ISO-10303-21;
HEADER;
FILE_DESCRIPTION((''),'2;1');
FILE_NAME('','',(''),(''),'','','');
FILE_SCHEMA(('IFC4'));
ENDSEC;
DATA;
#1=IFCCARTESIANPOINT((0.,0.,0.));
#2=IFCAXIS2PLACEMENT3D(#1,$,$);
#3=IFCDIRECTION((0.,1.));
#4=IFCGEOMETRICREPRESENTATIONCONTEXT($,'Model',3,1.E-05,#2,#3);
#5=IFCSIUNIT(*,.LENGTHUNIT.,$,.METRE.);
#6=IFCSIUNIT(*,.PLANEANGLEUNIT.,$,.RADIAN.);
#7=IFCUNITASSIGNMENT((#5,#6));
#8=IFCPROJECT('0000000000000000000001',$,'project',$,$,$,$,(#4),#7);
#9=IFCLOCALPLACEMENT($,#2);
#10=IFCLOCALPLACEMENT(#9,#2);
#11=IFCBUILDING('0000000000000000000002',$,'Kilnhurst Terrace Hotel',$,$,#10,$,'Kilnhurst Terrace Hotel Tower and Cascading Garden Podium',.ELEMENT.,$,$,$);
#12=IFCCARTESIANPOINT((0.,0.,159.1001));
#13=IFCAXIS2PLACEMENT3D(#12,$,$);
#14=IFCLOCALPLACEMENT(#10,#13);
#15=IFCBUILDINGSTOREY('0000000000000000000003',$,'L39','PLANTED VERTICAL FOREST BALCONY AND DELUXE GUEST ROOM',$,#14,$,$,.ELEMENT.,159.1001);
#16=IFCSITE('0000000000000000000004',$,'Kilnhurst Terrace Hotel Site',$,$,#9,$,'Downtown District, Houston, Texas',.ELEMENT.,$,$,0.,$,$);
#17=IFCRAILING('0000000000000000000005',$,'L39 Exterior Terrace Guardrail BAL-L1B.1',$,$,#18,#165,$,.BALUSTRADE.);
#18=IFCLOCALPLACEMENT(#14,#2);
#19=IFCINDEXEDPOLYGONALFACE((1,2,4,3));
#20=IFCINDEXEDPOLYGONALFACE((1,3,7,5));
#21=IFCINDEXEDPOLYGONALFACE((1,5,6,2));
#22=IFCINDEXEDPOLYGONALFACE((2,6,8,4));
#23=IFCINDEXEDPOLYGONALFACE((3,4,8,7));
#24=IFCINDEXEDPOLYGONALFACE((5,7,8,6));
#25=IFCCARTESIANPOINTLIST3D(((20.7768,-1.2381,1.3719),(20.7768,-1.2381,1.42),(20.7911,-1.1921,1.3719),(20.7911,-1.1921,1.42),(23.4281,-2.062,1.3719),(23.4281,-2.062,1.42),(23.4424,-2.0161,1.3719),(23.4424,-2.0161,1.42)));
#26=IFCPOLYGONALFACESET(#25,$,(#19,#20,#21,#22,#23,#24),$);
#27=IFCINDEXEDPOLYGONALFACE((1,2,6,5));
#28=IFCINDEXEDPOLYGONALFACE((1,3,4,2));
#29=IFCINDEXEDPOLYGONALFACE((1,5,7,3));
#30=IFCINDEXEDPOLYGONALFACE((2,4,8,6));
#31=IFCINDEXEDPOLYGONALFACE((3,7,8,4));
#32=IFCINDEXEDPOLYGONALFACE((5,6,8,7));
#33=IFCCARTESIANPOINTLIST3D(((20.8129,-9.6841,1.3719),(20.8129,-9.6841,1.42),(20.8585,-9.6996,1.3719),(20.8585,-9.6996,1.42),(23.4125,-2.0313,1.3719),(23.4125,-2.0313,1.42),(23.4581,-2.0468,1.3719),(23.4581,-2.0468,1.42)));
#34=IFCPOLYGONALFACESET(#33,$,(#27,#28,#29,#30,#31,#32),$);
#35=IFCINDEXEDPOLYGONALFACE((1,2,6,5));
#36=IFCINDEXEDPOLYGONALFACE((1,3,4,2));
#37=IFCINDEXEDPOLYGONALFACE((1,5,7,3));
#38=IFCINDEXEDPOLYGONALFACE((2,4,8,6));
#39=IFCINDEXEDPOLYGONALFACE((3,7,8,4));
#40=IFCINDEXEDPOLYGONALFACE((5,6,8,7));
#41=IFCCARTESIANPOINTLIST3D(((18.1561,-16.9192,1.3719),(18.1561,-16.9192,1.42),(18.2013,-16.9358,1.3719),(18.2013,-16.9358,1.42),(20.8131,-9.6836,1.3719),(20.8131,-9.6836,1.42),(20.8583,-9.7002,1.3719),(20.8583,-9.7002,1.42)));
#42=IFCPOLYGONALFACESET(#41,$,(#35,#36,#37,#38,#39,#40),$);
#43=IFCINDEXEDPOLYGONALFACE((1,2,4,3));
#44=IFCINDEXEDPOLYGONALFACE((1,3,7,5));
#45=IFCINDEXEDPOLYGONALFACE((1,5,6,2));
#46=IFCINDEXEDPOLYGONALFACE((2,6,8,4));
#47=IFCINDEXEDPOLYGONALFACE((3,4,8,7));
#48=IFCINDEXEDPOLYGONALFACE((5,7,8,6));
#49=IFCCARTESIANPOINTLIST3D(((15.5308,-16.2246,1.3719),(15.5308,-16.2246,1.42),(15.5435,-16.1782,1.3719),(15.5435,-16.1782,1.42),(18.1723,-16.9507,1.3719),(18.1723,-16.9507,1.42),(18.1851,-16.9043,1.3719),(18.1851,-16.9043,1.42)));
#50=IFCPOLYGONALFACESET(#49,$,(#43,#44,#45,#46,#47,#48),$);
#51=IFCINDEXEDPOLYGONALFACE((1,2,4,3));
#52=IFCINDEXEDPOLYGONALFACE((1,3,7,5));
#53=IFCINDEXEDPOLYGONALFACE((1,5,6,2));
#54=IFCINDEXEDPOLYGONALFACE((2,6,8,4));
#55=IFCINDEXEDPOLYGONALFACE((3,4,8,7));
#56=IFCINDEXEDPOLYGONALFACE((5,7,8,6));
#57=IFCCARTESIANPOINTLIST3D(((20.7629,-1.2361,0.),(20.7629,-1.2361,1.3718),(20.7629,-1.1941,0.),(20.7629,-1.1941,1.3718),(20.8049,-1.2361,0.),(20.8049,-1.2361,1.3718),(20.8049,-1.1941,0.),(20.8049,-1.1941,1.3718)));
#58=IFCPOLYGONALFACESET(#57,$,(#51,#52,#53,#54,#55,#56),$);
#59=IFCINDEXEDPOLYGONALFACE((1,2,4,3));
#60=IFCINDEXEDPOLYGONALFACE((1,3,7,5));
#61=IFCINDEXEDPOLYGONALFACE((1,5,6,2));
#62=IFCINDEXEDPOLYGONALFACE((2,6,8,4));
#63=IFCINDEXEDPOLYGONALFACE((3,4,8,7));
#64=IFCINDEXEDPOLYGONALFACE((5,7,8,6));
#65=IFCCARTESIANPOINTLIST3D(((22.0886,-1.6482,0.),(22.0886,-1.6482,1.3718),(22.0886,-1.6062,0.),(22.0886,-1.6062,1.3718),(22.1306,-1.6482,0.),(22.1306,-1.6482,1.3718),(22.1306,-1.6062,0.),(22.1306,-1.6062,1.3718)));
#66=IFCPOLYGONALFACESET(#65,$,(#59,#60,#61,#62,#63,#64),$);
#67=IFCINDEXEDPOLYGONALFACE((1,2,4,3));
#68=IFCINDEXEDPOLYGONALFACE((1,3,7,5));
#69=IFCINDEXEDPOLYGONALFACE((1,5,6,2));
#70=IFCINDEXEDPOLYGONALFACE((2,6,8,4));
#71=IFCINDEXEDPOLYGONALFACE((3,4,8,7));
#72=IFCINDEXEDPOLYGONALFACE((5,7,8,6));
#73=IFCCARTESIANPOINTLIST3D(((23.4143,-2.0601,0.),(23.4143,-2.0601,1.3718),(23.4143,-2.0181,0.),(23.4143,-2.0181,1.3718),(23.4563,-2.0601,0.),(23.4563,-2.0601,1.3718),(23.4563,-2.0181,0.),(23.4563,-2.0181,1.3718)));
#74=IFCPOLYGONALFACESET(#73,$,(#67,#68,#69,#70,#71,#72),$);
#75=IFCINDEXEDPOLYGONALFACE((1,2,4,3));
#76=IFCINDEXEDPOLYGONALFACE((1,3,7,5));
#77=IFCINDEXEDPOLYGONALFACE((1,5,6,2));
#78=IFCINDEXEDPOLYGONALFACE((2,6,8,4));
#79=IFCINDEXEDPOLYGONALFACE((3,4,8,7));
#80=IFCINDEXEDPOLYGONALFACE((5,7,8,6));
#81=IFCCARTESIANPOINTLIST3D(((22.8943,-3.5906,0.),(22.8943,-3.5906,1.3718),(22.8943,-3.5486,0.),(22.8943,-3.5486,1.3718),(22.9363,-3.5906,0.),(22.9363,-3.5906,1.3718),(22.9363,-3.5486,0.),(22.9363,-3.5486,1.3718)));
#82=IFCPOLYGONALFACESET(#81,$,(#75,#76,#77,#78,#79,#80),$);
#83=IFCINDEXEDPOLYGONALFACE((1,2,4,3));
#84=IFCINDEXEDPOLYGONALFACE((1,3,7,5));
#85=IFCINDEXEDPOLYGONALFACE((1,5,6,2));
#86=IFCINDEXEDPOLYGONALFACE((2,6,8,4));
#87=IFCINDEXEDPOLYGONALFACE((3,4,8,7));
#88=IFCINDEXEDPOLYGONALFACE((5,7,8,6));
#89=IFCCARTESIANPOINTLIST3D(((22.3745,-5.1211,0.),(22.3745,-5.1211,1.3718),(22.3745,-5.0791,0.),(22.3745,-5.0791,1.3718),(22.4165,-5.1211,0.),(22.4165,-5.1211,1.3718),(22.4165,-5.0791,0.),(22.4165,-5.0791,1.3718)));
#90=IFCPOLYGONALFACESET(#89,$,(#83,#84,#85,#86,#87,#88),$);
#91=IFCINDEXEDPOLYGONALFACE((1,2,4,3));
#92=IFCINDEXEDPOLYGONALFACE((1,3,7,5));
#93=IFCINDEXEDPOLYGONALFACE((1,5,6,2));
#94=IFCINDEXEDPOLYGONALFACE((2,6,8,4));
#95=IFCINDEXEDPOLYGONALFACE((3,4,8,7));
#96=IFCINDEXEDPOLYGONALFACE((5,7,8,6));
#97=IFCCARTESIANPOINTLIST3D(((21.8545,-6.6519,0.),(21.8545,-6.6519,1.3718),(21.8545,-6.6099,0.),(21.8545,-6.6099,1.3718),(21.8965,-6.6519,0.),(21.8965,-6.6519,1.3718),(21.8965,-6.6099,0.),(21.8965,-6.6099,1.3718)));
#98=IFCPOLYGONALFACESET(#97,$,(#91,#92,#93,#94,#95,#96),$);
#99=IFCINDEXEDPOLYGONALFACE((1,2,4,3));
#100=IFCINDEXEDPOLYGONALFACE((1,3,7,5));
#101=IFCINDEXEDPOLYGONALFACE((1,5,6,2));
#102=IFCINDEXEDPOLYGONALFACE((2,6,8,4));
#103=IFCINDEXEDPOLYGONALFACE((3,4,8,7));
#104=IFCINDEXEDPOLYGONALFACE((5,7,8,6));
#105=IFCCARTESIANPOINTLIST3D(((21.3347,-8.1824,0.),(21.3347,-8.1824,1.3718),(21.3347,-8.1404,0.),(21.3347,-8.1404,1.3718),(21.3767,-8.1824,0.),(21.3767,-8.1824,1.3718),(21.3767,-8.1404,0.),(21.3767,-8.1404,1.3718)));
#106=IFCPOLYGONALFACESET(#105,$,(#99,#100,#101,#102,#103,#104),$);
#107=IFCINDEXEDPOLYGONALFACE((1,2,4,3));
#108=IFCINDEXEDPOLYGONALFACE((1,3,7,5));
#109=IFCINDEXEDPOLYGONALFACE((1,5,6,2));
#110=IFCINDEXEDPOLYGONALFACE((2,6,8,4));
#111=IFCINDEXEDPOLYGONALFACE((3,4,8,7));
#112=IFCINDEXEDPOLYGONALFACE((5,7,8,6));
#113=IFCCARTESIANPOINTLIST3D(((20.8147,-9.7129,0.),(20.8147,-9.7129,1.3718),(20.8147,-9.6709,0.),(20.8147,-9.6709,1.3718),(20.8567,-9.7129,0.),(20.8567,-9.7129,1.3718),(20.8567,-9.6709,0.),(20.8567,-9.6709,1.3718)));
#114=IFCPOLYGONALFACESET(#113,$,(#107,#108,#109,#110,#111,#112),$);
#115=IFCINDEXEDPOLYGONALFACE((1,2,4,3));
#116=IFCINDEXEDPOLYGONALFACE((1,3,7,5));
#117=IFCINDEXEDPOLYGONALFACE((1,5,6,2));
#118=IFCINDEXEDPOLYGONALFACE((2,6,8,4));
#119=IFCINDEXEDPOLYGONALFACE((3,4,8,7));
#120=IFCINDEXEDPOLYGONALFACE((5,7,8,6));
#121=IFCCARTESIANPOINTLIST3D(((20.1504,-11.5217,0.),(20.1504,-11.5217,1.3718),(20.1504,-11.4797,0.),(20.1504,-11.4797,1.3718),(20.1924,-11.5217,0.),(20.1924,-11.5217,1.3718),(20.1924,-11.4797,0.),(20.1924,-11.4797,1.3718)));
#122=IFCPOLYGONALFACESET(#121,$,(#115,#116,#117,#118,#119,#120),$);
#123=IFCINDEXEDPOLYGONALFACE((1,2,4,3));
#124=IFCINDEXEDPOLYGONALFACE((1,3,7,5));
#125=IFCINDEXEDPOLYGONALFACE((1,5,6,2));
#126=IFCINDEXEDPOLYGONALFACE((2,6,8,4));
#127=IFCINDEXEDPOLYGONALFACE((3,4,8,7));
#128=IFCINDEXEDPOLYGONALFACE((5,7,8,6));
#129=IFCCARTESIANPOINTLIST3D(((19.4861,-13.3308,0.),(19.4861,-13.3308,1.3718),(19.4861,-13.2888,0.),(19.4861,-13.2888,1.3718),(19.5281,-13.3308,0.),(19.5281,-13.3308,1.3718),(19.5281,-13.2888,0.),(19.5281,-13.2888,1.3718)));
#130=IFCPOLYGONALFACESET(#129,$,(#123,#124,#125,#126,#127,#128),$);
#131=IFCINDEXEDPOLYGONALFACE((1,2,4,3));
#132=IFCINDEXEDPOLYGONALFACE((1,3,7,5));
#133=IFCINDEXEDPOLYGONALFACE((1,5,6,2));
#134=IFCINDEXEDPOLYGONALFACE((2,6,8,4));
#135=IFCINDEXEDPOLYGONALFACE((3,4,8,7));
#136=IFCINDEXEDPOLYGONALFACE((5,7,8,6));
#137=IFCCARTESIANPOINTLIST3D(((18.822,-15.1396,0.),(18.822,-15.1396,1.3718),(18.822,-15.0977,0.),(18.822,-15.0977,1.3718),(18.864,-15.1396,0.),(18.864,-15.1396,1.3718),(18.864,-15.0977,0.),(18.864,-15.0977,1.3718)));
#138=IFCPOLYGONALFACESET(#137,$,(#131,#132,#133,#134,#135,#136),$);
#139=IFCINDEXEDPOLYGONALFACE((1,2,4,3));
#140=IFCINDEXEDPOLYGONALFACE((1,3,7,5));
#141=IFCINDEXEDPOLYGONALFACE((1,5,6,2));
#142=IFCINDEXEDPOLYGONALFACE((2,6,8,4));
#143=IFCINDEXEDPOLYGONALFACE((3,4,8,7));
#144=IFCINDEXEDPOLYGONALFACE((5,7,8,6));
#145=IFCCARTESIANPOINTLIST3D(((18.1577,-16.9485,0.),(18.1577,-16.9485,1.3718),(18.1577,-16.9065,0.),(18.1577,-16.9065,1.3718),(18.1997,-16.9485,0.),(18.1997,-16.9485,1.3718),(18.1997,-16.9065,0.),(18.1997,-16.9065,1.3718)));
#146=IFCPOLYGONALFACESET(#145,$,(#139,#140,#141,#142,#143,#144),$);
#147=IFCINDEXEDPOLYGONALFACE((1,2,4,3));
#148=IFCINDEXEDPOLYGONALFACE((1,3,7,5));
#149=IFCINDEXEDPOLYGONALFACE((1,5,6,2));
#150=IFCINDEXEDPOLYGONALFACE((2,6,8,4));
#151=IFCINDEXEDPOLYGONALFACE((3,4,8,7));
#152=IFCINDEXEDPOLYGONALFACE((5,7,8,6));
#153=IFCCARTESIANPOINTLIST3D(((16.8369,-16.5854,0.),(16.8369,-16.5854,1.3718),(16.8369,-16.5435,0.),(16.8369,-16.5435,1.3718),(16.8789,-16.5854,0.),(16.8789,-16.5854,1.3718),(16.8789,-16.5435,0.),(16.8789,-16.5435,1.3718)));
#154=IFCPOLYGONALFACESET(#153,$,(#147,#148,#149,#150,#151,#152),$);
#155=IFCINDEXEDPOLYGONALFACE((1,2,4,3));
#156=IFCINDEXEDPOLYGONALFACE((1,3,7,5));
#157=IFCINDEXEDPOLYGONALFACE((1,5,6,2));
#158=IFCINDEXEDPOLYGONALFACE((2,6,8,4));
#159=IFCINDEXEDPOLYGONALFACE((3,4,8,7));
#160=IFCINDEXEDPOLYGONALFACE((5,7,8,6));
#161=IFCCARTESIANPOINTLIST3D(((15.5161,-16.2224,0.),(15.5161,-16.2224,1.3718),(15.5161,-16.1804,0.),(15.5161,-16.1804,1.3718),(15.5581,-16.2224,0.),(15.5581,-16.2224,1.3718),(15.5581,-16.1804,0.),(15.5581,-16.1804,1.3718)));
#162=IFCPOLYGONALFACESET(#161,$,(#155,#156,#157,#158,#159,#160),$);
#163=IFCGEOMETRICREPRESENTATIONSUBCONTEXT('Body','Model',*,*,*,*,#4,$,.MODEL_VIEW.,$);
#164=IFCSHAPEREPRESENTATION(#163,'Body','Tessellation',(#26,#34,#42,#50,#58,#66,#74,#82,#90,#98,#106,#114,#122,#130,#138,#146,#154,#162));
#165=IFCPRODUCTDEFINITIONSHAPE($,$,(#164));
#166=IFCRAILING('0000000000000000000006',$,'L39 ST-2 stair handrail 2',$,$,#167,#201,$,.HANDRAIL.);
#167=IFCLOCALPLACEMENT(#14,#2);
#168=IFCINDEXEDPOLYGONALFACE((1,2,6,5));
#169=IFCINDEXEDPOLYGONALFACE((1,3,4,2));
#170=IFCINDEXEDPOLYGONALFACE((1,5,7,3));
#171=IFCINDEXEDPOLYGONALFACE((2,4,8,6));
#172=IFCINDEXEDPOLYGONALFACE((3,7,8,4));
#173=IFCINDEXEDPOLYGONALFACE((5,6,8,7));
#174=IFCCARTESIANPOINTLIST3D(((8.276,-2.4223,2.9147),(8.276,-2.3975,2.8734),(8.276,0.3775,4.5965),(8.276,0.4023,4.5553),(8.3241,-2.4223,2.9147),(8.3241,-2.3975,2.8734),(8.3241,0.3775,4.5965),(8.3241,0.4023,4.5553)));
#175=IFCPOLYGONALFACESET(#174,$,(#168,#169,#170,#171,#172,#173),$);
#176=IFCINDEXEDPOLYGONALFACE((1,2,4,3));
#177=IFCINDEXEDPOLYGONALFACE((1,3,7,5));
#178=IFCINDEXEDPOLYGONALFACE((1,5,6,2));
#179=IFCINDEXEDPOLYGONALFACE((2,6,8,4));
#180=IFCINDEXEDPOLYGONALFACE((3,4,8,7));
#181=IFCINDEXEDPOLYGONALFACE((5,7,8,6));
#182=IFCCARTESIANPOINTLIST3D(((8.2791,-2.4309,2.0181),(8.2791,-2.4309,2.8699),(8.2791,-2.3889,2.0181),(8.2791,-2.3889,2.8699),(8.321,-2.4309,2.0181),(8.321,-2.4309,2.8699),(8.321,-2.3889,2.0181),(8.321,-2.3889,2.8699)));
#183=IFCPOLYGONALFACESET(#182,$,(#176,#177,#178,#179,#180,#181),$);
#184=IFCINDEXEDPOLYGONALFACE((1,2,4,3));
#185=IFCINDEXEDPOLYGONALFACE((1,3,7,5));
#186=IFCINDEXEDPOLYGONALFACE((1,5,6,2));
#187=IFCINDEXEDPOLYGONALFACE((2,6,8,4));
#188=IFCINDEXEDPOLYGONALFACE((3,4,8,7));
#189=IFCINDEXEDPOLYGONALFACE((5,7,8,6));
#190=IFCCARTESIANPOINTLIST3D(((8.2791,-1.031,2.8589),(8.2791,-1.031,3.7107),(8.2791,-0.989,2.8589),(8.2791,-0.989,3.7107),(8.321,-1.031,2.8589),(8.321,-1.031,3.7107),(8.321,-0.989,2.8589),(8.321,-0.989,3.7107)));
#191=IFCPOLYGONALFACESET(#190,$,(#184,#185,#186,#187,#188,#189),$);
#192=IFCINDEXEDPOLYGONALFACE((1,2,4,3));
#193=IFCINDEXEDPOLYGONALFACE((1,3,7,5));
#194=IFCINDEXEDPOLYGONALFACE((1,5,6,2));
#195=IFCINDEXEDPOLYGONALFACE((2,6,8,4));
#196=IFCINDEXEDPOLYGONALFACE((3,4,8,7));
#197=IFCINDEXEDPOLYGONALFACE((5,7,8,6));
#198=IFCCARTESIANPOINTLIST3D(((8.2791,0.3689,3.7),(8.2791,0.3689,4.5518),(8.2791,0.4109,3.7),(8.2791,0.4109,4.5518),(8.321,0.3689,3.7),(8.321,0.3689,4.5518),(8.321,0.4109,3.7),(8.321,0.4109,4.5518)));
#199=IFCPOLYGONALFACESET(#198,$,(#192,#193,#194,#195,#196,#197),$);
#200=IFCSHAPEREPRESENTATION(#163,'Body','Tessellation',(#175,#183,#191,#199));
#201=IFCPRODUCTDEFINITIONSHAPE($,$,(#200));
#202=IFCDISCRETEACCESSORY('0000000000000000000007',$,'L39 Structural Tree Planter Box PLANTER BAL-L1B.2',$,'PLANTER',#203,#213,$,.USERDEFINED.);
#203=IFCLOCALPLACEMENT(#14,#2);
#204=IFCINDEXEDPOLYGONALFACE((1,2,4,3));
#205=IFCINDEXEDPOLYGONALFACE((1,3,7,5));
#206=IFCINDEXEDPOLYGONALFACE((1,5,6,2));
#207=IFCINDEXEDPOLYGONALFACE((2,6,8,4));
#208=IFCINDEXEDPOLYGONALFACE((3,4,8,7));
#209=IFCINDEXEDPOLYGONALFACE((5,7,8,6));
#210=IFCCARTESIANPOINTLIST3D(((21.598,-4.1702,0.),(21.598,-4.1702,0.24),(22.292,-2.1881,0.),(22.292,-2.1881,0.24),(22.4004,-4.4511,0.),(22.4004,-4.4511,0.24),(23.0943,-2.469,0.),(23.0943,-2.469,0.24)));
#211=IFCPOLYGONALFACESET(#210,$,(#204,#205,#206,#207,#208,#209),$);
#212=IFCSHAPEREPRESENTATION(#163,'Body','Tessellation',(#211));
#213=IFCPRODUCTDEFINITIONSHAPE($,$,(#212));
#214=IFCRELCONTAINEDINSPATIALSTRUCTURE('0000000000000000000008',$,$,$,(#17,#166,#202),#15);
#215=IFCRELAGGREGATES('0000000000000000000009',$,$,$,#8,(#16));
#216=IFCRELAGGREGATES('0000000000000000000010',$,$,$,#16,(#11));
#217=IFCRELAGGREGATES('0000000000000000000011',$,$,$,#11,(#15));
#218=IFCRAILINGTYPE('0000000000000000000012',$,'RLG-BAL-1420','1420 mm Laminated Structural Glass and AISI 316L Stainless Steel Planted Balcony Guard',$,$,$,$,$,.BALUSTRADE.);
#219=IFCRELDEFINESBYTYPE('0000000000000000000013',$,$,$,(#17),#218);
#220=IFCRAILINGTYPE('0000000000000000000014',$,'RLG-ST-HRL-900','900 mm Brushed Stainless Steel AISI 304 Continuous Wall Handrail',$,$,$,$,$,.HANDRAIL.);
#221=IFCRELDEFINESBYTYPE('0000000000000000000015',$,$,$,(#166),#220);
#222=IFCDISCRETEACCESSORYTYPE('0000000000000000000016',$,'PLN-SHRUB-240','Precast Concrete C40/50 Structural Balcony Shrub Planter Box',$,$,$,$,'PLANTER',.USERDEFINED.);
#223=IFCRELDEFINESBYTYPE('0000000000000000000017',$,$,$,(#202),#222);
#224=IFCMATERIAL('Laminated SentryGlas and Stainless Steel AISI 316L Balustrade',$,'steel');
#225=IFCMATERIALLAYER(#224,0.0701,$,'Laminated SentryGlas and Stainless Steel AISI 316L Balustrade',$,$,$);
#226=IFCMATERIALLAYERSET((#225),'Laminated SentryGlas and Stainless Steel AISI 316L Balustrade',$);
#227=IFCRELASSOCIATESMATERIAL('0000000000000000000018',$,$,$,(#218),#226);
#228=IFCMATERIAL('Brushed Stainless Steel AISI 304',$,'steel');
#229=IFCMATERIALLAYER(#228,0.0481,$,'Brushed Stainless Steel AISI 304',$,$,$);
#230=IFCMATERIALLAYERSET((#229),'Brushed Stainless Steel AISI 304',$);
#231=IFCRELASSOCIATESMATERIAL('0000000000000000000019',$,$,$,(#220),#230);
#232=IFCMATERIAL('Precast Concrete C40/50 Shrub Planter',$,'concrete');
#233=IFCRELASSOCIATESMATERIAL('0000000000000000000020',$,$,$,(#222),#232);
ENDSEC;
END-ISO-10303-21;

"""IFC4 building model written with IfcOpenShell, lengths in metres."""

from ifc_helpers import new_model, si_unit, direction, frame, origin, origin_2d, place, context, subcontext, project, spatial, rectangle, extrude, material, layer, layer_set, type_object, element, save


model = new_model("IFC4")

# Units and contexts
model_context = context("Model", 3, precision=1e-05, world=origin(), true_north=direction((0.0, 1.0)))
body_context = subcontext(model_context, "Body", "Model", "MODEL_VIEW")
ifc_project = project(units=[si_unit("LENGTHUNIT", "METRE"), si_unit("PLANEANGLEUNIT", "RADIAN")], contexts=[model_context])

# Site, building, storey
site_placement = place(None, origin())
site = spatial("IfcSite", under=ifc_project, at=site_placement, Name="Kilnhurst Terrace Hotel Site", LongName="Downtown District, Houston, Texas", CompositionType="ELEMENT", RefElevation=0.0)
building_placement = place(site_placement, origin())
building = spatial("IfcBuilding", under=site, at=building_placement, Name="Kilnhurst Terrace Hotel", LongName="Kilnhurst Terrace Hotel Tower and Cascading Garden Podium", CompositionType="ELEMENT")
storey_placement = place(building_placement, frame((0.0, 0.0, 159.1001)))
storey = spatial("IfcBuildingStorey", under=building, at=storey_placement, Name="L39", Description="PLANTED VERTICAL FOREST BALCONY AND DELUXE GUEST ROOM", CompositionType="ELEMENT", Elevation=159.1001)

# Railings
ifc_material_1 = material(Name="Laminated SentryGlas and Stainless Steel AISI 316L Balustrade", Category="steel")
ifc_layer_1 = layer(ifc_material_1, 0.0701, Name="Laminated SentryGlas and Stainless Steel AISI 316L Balustrade")
ifc_layer_set_1 = layer_set([ifc_layer_1], Name="Laminated SentryGlas and Stainless Steel AISI 316L Balustrade")
railing_type_1 = type_object("IfcRailingType", Name="RLG-BAL-1420", Description="1420 mm Laminated Structural Glass and AISI 316L Stainless Steel Planted Balcony Guard", PredefinedType="BALUSTRADE", material=ifc_layer_set_1)
railing_1_placement = place(storey_placement, frame((20.7839, -1.2151, 0.0)))
element("IfcRailing", 1, at=railing_1_placement, inside=storey, type_object=railing_type_1, Name="L39 Exterior Terrace Guardrail BAL-L1B.1", PredefinedType="BALUSTRADE", context=body_context, shape_type="SweptSolid", body=[
    extrude(rectangle(XDim=0.0481, YDim=0.0481, at=origin_2d()), frame((0.0, 0.0, 1.396), z_axis=(0.954948, -0.296773, 0.0), x_axis=(0.296773, 0.954948, 0.0)), (0.0, 0.0, 1.0), 2.7764),
    extrude(rectangle(XDim=0.0481, YDim=0.0481, at=origin_2d()), frame((2.6514, -0.824, 1.396), z_axis=(-0.321642, -0.946861, 0.0), x_axis=(0.946861, -0.321642, 0.0)), (0.0, 0.0, 1.0), 8.0823),
    extrude(rectangle(XDim=0.0481, YDim=0.0481, at=origin_2d()), frame((0.0518, -8.4768, 1.396), z_axis=(-0.344704, -0.938711, 0.0), x_axis=(0.938711, -0.344704, 0.0)), (0.0, 0.0, 1.0), 7.708),
    extrude(rectangle(XDim=0.0481, YDim=0.0481, at=origin_2d()), frame((-2.6052, -15.7124, 1.396), z_axis=(-0.96424, 0.265032, 0.0), x_axis=(-0.265032, -0.96424, 0.0)), (0.0, 0.0, 1.0), 2.7395),
    extrude(rectangle(XDim=0.042, YDim=0.042, at=origin_2d()), origin(), (0.0, 0.0, 1.0), 1.3718),
    extrude(rectangle(XDim=0.042, YDim=0.042, at=origin_2d()), frame((1.3257, -0.4121, 0.0)), (0.0, 0.0, 1.0), 1.3718),
    extrude(rectangle(XDim=0.042, YDim=0.042, at=origin_2d()), frame((2.6514, -0.824, 0.0)), (0.0, 0.0, 1.0), 1.3718),
    extrude(rectangle(XDim=0.042, YDim=0.042, at=origin_2d()), frame((2.1313, -2.3545, 0.0)), (0.0, 0.0, 1.0), 1.3718),
    extrude(rectangle(XDim=0.042, YDim=0.042, at=origin_2d()), frame((1.6116, -3.885, 0.0)), (0.0, 0.0, 1.0), 1.3718),
    extrude(rectangle(XDim=0.042, YDim=0.042, at=origin_2d()), frame((1.0916, -5.4158, 0.0)), (0.0, 0.0, 1.0), 1.3718),
    extrude(rectangle(XDim=0.042, YDim=0.042, at=origin_2d()), frame((0.5718, -6.9463, 0.0)), (0.0, 0.0, 1.0), 1.3718),
    extrude(rectangle(XDim=0.042, YDim=0.042, at=origin_2d()), frame((0.0518, -8.4768, 0.0)), (0.0, 0.0, 1.0), 1.3718),
    extrude(rectangle(XDim=0.042, YDim=0.042, at=origin_2d()), frame((-0.6125, -10.2856, 0.0)), (0.0, 0.0, 1.0), 1.3718),
    extrude(rectangle(XDim=0.042, YDim=0.042, at=origin_2d()), frame((-1.2769, -12.0947, 0.0)), (0.0, 0.0, 1.0), 1.3718),
    extrude(rectangle(XDim=0.042, YDim=0.042, at=origin_2d()), frame((-1.9409, -13.9036, 0.0)), (0.0, 0.0, 1.0), 1.3718),
    extrude(rectangle(XDim=0.042, YDim=0.042, at=origin_2d()), frame((-2.6052, -15.7124, 0.0)), (0.0, 0.0, 1.0), 1.3718),
    extrude(rectangle(XDim=0.042, YDim=0.042, at=origin_2d()), frame((-3.926, -15.3494, 0.0)), (0.0, 0.0, 1.0), 1.3718),
    extrude(rectangle(XDim=0.042, YDim=0.042, at=origin_2d()), frame((-5.2468, -14.9863, 0.0)), (0.0, 0.0, 1.0), 1.3718),
])
ifc_material_2 = material(Name="Brushed Stainless Steel AISI 304", Category="steel")
ifc_layer_2 = layer(ifc_material_2, 0.0481, Name="Brushed Stainless Steel AISI 304")
ifc_layer_set_2 = layer_set([ifc_layer_2], Name="Brushed Stainless Steel AISI 304")
railing_type_2 = type_object("IfcRailingType", Name="RLG-ST-HRL-900", Description="900 mm Brushed Stainless Steel AISI 304 Continuous Wall Handrail", PredefinedType="HANDRAIL", material=ifc_layer_set_2)
railing_2_placement = place(storey_placement, frame((8.3, -2.4099, 2.0181)))
element("IfcRailing", 2, at=railing_2_placement, inside=storey, type_object=railing_type_2, Name="L39 ST-2 stair handrail 2", PredefinedType="HANDRAIL", context=body_context, shape_type="SweptSolid", body=[
    extrude(rectangle(XDim=0.0481, YDim=0.0481, at=origin_2d()), frame((0.0, 0.0, 0.876), z_axis=(0.0, 0.857222, 0.514946), x_axis=(-1.0, 0.0, 0.0)), (0.0, 0.0, 1.0), 3.2661),
    extrude(rectangle(XDim=0.042, YDim=0.042, at=origin_2d()), origin(), (0.0, 0.0, 1.0), 0.8518),
    extrude(rectangle(XDim=0.042, YDim=0.042, at=origin_2d()), frame((0.0, 1.3999, 0.8408)), (0.0, 0.0, 1.0), 0.8518),
    extrude(rectangle(XDim=0.042, YDim=0.042, at=origin_2d()), frame((0.0, 2.7998, 1.6819)), (0.0, 0.0, 1.0), 0.8518),
])

# Discrete accessory
ifc_material_3 = material(Name="Precast Concrete C40/50 Shrub Planter", Category="concrete")
discrete_accessory_type = type_object("IfcDiscreteAccessoryType", Name="PLN-SHRUB-240", Description="Precast Concrete C40/50 Structural Balcony Shrub Planter Box", ElementType="PLANTER", PredefinedType="USERDEFINED", material=ifc_material_3)
discrete_accessory_placement = place(storey_placement, frame((22.3462, -3.3196, 0.0), z_axis=(0.0, 0.0, 1.0), x_axis=(0.330432, 0.94383, 0.0)))
element("IfcDiscreteAccessory", 3, at=discrete_accessory_placement, inside=storey, type_object=discrete_accessory_type, Name="L39 Structural Tree Planter Box PLANTER BAL-L1B.2", ObjectType="PLANTER", PredefinedType="USERDEFINED", context=body_context, shape_type="SweptSolid", body=[
    extrude(rectangle(XDim=2.1001, YDim=0.8501, at=origin_2d()), origin(), (0.0, 0.0, 1.0), 0.24),
])

save(model, "model.ifc")
